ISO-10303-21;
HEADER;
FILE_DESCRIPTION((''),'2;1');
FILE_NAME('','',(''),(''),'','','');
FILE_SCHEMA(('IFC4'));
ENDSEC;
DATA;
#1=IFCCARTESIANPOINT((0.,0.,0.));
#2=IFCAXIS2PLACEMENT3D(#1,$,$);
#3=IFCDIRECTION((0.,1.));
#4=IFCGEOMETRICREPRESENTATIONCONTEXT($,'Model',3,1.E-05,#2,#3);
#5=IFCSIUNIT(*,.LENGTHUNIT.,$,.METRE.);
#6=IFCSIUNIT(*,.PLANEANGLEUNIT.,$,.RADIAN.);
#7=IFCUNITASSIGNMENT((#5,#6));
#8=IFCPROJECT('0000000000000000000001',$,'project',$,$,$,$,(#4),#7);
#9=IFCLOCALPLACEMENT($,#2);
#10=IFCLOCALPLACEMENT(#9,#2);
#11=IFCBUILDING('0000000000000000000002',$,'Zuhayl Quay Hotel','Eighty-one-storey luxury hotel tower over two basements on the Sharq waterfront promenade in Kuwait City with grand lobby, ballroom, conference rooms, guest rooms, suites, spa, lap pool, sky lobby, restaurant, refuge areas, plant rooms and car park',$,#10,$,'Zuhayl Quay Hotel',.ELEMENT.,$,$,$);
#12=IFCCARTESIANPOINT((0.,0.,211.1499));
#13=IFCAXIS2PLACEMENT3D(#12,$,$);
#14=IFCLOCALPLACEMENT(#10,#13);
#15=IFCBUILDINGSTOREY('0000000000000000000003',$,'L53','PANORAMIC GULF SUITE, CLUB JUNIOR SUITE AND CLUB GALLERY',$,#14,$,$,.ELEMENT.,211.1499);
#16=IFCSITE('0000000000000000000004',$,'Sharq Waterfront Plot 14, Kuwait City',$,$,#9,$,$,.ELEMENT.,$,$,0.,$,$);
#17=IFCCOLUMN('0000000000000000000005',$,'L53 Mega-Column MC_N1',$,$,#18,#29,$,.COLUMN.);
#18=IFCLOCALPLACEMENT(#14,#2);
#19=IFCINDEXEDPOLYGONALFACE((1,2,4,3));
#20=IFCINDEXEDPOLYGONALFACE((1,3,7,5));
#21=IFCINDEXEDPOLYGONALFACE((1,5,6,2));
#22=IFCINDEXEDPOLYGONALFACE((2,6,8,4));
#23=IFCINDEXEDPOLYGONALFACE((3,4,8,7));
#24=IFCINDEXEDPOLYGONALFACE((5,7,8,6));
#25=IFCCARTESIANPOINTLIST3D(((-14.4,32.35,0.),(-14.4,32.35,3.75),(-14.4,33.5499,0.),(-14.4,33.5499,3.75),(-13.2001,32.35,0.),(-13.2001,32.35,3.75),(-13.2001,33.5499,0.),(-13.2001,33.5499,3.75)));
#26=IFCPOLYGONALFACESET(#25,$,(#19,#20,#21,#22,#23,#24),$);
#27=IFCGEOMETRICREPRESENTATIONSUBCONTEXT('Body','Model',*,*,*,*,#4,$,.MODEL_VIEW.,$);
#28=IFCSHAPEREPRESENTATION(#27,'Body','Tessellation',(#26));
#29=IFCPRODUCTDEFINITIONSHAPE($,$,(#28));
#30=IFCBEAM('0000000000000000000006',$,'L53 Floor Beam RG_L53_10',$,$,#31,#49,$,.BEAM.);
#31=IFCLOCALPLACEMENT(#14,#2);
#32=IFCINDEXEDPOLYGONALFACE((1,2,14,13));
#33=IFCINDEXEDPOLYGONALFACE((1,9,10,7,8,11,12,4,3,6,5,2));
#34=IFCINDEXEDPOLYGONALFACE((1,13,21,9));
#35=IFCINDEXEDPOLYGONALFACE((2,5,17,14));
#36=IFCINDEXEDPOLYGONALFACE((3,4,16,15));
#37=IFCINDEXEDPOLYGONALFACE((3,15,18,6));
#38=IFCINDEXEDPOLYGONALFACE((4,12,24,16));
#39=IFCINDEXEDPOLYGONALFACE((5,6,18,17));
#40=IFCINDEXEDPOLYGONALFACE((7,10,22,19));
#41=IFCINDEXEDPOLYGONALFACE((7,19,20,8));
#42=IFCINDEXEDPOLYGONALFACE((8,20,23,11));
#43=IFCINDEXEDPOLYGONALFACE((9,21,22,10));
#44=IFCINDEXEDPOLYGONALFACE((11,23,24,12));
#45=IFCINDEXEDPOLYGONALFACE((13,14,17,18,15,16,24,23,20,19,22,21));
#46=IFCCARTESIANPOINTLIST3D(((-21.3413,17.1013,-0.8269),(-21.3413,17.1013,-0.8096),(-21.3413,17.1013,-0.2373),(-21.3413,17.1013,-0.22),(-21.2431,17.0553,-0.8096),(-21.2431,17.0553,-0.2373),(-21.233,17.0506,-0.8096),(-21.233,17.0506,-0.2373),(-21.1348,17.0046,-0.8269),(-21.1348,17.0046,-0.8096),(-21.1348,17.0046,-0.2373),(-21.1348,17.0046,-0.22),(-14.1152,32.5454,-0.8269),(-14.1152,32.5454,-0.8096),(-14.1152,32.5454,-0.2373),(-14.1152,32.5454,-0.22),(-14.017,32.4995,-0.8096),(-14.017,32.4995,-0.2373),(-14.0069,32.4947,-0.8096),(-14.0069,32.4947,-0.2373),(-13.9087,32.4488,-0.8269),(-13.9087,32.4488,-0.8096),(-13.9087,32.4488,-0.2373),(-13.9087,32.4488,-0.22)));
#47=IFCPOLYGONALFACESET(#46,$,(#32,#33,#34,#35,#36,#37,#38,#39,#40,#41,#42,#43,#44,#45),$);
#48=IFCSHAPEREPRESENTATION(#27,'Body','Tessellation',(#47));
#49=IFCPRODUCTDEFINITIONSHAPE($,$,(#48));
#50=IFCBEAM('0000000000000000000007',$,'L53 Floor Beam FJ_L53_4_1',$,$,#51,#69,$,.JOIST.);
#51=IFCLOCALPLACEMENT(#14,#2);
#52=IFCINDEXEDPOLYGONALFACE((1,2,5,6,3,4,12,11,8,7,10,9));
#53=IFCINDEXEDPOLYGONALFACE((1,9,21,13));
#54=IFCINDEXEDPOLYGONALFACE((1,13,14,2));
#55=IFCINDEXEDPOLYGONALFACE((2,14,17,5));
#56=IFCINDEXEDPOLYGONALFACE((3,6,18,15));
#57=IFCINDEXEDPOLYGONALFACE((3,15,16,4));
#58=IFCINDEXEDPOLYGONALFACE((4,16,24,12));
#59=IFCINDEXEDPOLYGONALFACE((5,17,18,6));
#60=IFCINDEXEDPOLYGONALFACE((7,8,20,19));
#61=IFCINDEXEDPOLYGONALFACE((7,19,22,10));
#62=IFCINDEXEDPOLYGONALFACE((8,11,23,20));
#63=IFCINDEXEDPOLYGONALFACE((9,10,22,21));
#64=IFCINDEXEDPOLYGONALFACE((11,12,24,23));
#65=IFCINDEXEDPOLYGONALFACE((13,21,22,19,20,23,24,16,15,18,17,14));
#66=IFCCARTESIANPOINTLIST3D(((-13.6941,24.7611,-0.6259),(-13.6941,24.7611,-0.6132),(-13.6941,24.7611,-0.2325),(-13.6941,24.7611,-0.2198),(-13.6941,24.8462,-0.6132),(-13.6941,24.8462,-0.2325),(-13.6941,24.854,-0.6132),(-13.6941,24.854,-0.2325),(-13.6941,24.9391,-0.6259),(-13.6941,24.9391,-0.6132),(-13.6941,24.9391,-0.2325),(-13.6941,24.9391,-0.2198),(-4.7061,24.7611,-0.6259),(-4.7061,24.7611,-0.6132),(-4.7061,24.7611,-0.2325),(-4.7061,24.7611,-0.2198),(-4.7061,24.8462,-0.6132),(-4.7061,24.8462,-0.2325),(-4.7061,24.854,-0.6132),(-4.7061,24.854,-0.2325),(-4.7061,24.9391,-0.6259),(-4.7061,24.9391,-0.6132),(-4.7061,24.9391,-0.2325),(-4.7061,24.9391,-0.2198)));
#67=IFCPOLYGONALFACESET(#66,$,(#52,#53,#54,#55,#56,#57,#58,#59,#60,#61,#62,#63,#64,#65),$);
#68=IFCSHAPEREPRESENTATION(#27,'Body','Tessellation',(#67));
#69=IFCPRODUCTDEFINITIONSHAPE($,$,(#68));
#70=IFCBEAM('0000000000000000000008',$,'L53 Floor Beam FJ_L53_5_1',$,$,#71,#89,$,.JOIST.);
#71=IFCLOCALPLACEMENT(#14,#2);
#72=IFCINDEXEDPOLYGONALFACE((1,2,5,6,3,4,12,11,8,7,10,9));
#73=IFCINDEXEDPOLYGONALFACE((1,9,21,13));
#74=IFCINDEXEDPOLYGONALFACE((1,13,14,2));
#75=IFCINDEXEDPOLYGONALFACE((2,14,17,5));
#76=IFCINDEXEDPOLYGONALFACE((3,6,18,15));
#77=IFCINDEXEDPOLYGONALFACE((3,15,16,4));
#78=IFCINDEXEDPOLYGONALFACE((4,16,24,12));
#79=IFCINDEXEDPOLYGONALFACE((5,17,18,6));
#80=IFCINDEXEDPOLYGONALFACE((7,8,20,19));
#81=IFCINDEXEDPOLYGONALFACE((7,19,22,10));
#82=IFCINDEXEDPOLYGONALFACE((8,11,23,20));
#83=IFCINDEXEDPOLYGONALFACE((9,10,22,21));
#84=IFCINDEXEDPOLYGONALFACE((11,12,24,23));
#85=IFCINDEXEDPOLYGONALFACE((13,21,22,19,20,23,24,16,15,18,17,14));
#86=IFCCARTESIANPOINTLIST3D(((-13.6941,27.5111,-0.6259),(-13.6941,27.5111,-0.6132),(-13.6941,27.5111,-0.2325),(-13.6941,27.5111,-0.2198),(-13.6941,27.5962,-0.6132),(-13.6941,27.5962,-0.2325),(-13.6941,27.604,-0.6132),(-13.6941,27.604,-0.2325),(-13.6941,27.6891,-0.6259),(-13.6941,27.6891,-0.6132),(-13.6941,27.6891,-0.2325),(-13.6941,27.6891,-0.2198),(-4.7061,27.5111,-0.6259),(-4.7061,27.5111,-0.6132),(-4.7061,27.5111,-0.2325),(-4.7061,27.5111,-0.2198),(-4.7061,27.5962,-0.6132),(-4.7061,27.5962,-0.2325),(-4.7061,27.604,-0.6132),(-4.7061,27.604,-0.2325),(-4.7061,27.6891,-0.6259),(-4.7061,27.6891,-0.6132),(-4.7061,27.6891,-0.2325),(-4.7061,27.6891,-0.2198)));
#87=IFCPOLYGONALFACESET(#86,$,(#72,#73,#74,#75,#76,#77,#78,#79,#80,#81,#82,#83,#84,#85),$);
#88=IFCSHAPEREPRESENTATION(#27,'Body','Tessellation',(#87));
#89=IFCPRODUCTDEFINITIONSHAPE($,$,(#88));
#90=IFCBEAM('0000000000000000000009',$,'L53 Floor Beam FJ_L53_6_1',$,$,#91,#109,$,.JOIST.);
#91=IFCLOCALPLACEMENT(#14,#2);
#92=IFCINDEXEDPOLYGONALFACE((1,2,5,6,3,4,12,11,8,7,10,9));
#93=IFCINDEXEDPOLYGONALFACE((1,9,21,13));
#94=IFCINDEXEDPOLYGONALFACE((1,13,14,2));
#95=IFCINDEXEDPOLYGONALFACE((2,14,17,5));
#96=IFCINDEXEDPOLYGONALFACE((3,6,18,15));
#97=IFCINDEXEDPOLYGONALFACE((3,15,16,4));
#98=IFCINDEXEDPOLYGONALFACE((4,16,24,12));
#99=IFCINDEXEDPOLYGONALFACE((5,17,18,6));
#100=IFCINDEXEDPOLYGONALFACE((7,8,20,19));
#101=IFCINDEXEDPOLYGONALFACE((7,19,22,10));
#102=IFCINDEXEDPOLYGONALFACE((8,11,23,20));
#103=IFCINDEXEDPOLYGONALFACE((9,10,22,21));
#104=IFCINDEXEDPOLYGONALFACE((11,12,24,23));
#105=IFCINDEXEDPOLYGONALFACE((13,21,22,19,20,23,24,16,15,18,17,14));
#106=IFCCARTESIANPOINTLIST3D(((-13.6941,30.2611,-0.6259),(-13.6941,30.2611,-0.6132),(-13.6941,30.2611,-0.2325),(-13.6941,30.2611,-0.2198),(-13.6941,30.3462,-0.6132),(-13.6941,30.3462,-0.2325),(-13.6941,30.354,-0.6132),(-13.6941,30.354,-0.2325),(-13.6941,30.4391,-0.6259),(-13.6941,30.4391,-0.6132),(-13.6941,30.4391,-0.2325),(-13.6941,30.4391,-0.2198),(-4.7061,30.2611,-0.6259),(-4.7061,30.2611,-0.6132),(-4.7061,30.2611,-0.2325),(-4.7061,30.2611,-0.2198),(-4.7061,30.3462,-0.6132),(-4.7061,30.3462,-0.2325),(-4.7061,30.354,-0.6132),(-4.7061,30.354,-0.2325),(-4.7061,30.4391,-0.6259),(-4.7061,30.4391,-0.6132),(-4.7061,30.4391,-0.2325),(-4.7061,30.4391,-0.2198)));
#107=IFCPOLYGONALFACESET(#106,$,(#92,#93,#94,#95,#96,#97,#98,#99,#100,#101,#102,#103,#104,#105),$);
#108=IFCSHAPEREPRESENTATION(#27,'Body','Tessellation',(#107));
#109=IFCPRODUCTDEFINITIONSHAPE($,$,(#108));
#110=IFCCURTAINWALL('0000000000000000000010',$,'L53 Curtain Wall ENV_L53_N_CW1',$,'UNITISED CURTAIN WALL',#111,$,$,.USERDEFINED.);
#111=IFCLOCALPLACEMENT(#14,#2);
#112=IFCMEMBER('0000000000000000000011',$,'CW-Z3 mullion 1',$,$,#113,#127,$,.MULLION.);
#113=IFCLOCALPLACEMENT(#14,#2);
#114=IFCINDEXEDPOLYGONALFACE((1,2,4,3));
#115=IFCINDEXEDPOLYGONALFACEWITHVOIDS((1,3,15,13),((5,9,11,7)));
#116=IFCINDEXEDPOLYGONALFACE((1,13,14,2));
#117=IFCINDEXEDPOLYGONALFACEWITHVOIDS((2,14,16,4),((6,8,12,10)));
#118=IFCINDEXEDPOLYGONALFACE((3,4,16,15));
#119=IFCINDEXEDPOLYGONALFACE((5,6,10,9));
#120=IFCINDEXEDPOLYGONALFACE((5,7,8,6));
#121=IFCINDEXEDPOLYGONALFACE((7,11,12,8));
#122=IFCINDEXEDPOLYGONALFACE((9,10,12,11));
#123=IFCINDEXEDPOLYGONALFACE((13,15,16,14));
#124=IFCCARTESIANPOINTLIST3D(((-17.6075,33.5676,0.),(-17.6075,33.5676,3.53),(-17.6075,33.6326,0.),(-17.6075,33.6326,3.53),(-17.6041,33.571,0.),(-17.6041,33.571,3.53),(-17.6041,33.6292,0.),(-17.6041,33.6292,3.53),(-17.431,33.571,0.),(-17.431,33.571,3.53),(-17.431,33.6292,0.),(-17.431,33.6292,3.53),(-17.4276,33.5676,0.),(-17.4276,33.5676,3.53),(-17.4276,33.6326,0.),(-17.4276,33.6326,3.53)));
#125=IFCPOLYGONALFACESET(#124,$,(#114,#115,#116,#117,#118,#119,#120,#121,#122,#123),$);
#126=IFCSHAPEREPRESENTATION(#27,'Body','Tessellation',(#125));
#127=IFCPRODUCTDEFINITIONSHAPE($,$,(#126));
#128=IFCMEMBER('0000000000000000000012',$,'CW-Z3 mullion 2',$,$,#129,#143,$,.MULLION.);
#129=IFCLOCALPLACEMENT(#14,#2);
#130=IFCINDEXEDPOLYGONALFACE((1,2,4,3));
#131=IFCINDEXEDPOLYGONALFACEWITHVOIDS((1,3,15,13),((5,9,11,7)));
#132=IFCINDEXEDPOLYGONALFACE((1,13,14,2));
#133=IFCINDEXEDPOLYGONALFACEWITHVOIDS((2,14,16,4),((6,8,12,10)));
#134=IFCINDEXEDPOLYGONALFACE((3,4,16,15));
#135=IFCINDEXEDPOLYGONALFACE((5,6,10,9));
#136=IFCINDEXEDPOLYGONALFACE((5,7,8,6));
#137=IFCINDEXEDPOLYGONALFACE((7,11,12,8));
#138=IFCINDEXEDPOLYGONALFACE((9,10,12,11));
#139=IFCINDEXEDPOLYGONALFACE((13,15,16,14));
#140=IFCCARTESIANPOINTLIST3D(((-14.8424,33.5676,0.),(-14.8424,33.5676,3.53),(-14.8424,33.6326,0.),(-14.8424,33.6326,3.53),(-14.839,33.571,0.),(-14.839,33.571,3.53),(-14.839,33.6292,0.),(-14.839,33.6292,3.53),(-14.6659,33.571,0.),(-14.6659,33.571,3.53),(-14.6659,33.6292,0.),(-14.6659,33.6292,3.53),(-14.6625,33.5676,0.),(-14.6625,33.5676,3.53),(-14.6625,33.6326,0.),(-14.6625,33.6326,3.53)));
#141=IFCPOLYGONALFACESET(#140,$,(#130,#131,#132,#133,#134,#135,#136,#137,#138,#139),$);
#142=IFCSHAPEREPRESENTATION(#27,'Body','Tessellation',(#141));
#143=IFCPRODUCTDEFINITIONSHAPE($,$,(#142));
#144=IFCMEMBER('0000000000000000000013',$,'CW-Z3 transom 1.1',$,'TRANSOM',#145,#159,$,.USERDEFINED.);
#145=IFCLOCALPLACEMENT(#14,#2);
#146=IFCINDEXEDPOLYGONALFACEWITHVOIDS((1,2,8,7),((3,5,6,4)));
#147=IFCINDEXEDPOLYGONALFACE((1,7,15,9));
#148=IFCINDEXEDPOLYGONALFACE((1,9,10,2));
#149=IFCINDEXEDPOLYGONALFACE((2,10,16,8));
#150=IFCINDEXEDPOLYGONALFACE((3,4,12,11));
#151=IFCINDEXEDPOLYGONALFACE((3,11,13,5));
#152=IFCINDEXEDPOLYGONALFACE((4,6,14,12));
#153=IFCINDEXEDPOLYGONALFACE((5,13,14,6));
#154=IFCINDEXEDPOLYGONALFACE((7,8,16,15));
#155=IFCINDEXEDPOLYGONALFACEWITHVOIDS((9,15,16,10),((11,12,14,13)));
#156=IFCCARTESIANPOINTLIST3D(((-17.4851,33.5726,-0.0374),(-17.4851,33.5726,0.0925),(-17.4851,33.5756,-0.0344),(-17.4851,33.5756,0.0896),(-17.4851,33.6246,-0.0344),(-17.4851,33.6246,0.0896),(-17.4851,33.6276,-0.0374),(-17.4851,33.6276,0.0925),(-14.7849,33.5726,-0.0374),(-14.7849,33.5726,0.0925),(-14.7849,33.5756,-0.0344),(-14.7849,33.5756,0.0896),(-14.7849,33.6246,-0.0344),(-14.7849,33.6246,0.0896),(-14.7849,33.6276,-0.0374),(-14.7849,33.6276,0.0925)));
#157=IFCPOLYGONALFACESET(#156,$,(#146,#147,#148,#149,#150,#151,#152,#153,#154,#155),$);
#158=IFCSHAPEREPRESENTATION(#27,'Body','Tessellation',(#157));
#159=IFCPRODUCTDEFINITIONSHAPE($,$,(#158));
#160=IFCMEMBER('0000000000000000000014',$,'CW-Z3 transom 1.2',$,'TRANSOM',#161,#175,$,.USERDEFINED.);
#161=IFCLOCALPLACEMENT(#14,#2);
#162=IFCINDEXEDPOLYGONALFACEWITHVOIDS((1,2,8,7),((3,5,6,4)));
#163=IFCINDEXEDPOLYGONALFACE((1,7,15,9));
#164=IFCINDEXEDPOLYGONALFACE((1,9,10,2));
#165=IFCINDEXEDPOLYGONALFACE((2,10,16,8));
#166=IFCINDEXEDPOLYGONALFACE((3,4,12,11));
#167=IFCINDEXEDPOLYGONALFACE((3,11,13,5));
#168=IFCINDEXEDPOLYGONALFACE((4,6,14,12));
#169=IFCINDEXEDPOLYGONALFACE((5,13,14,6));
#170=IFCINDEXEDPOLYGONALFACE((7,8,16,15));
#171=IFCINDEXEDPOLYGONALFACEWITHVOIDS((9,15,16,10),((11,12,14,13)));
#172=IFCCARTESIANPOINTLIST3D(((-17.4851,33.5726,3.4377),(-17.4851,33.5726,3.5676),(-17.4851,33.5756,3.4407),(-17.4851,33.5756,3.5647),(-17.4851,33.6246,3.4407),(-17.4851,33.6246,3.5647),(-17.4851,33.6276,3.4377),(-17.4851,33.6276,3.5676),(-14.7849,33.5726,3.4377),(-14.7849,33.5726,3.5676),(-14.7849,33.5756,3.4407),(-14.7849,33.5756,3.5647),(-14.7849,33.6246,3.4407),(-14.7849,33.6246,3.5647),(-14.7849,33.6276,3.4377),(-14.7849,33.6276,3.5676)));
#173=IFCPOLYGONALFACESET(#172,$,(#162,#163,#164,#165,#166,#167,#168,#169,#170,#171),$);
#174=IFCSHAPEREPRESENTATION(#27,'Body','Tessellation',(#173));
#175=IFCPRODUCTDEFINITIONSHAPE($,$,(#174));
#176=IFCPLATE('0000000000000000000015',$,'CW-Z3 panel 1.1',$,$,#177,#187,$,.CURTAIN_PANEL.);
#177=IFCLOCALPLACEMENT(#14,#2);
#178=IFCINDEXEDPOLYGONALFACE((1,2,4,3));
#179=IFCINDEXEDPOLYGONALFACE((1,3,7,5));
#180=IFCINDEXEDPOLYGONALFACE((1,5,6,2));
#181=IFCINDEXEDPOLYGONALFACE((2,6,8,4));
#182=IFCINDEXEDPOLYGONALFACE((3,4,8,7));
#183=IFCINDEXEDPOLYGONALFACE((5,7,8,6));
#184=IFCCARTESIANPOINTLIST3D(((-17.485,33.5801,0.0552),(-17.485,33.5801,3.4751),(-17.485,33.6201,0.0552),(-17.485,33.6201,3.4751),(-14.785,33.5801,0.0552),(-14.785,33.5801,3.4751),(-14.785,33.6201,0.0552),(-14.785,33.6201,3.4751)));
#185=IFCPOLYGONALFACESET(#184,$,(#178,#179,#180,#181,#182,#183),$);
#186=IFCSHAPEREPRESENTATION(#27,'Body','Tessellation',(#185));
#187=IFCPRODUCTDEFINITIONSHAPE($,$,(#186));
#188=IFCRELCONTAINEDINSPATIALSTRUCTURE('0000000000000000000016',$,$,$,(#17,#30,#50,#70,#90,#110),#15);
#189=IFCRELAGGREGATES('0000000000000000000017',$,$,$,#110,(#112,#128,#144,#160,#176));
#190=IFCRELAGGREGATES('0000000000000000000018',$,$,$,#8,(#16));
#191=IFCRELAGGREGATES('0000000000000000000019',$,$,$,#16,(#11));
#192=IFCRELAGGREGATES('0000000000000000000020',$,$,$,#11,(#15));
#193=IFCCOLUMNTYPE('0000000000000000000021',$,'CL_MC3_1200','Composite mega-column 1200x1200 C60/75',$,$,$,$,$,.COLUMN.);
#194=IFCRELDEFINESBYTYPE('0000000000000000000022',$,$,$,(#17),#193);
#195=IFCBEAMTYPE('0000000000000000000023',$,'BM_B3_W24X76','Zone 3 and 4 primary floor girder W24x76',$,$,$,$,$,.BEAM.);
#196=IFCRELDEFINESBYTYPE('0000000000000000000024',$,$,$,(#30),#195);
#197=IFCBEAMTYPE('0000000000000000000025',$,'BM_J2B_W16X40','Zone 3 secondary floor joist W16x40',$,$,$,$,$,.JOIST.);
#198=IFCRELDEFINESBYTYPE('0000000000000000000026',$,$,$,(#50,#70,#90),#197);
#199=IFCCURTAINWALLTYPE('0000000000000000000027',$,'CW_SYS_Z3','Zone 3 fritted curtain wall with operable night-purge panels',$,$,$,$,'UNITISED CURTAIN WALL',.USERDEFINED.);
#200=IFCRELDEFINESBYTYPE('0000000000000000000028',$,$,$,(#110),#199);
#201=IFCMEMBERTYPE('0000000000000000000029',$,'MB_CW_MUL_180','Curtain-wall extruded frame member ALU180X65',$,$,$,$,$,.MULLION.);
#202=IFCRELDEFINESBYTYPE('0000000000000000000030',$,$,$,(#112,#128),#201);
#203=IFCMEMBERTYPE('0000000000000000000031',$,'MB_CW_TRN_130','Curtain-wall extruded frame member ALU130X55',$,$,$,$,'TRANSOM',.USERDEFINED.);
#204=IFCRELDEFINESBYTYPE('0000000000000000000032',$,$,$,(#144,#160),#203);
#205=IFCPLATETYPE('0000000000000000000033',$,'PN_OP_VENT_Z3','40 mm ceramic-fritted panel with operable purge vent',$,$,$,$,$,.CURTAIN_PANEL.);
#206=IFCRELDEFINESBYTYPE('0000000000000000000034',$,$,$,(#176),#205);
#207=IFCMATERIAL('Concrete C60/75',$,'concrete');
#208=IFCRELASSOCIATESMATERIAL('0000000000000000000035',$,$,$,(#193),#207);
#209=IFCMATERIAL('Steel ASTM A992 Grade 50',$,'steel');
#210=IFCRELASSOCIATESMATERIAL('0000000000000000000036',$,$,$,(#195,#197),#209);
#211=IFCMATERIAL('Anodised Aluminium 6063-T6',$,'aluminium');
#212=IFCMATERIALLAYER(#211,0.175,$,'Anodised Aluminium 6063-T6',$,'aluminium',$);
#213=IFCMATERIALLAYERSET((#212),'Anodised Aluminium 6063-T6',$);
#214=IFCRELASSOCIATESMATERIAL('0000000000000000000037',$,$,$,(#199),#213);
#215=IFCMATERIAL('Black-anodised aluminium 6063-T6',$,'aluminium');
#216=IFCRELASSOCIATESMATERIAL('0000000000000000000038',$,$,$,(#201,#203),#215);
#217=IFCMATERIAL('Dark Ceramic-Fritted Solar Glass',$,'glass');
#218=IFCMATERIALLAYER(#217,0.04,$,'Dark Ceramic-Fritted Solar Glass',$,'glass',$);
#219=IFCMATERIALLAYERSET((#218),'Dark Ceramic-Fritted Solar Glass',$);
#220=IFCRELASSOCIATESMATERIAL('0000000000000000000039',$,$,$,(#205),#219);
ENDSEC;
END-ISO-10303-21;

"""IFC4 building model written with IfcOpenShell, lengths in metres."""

from ifc_helpers import new_model, si_unit, direction, frame, origin, origin_2d, place, context, subcontext, project, spatial, rectangle, hollow_rectangle, i_section, extrude, material, layer, layer_set, material_profile, profile_set, type_object, element, aggregate, save


model = new_model("IFC4")

# Units and contexts
model_context = context("Model", 3, precision=1e-05, world=origin(), true_north=direction((0.0, 1.0)))
body_context = subcontext(model_context, "Body", "Model", "MODEL_VIEW")
ifc_project = project(units=[si_unit("LENGTHUNIT", "METRE"), si_unit("PLANEANGLEUNIT", "RADIAN")], contexts=[model_context])

# Site, building, storey
site_placement = place(None, origin())
site = spatial("IfcSite", under=ifc_project, at=site_placement, Name="Sharq Waterfront Plot 14, Kuwait City", CompositionType="ELEMENT", RefElevation=0.0)
building_placement = place(site_placement, origin())
building = spatial("IfcBuilding", under=site, at=building_placement, Name="Zuhayl Quay Hotel", Description="Eighty-one-storey luxury hotel tower over two basements on the Sharq waterfront promenade in Kuwait City with grand lobby, ballroom, conference rooms, guest rooms, suites, spa, lap pool, sky lobby, restaurant, refuge areas, plant rooms and car park", LongName="Zuhayl Quay Hotel", CompositionType="ELEMENT")
storey_placement = place(building_placement, frame((0.0, 0.0, 211.1499)))
storey = spatial("IfcBuildingStorey", under=building, at=storey_placement, Name="L53", Description="PANORAMIC GULF SUITE, CLUB JUNIOR SUITE AND CLUB GALLERY", CompositionType="ELEMENT", Elevation=211.1499)

# Column
ifc_material_1 = material(Name="Concrete C60/75", Category="concrete")
ifc_material_profile_1 = material_profile(ifc_material_1, rectangle(XDim=1.2, YDim=1.2, at=origin_2d()), Name="RC1200X1200")
ifc_profile_set_1 = profile_set([ifc_material_profile_1], Name="Concrete C60/75")
column_type = type_object("IfcColumnType", Name="CL_MC3_1200", Description="Composite mega-column 1200x1200 C60/75", PredefinedType="COLUMN", material=ifc_profile_set_1)
column_placement = place(storey_placement, frame((-13.8, 32.95, 0.0), z_axis=(0.0, 0.0, 1.0), x_axis=(1.0, 0.0, 0.0)))
element("IfcColumn", 1, at=column_placement, inside=storey, type_object=column_type, Name="L53 Mega-Column MC_N1", PredefinedType="COLUMN", context=body_context, shape_type="SweptSolid", body=[
    extrude(rectangle(XDim=1.2, YDim=1.2, at=origin_2d()), origin(), (0.0, 0.0, 1.0), 3.75),
])

# Beams
ifc_material_2 = material(Name="Steel ASTM A992 Grade 50", Category="steel")
ifc_material_profile_2 = material_profile(ifc_material_2, i_section(OverallWidth=0.228, OverallDepth=0.6069, WebThickness=0.0112, FlangeThickness=0.0173, at=origin_2d()), Name="W24X76")
ifc_profile_set_2 = profile_set([ifc_material_profile_2], Name="Steel ASTM A992 Grade 50")
beam_type_1 = type_object("IfcBeamType", Name="BM_B3_W24X76", Description="Zone 3 and 4 primary floor girder W24x76", PredefinedType="BEAM", material=ifc_profile_set_2)
beam_placement = place(storey_placement, frame((-14.012, 32.4971, -0.5234), z_axis=(-0.423792, -0.905759, 0.0), x_axis=(0.905759, -0.423792, 0.0)))
element("IfcBeam", 2, at=beam_placement, inside=storey, type_object=beam_type_1, Name="L53 Floor Beam RG_L53_10", PredefinedType="BEAM", context=body_context, shape_type="SweptSolid", body=[
    extrude(i_section(OverallWidth=0.228, OverallDepth=0.6069, WebThickness=0.0112, FlangeThickness=0.0173, at=origin_2d()), origin(), (0.0, 0.0, 1.0), 17.051),
])
ifc_material_profile_3 = material_profile(ifc_material_2, i_section(OverallWidth=0.178, OverallDepth=0.406, WebThickness=0.0078, FlangeThickness=0.0127, at=origin_2d()), Name="W16X40")
ifc_profile_set_3 = profile_set([ifc_material_profile_3], Name="Steel ASTM A992 Grade 50")
beam_type_2 = type_object("IfcBeamType", Name="BM_J2B_W16X40", Description="Zone 3 secondary floor joist W16x40", PredefinedType="JOIST", material=ifc_profile_set_3)
for number, where, z_axis, x_axis, name in (
    (3, (-13.6941, 24.8501, -0.4229), (1.0, 0.0, 0.0), (0.0, 1.0, 0.0), "L53 Floor Beam FJ_L53_4_1"),
    (4, (-13.6941, 27.6001, -0.4229), (1.0, 0.0, 0.0), (0.0, 1.0, 0.0), "L53 Floor Beam FJ_L53_5_1"),
    (5, (-13.6941, 30.3501, -0.4229), (1.0, 0.0, 0.0), (0.0, 1.0, 0.0), "L53 Floor Beam FJ_L53_6_1"),
):
    element("IfcBeam", number, at=place(storey_placement, frame(where, z_axis=z_axis, x_axis=x_axis)), inside=storey, type_object=beam_type_2, Name=name, PredefinedType="JOIST", context=body_context, shape_type="SweptSolid", body=[
        extrude(i_section(OverallWidth=0.178, OverallDepth=0.406, WebThickness=0.0078, FlangeThickness=0.0127, at=origin_2d()), origin(), (0.0, 0.0, 1.0), 8.988),
    ])

# Curtain wall, members, plate
ifc_material_3 = material(Name="Anodised Aluminium 6063-T6", Category="aluminium")
ifc_layer_1 = layer(ifc_material_3, 0.175, Name="Anodised Aluminium 6063-T6", Category="aluminium")
ifc_layer_set_1 = layer_set([ifc_layer_1], Name="Anodised Aluminium 6063-T6")
curtain_wall_type = type_object("IfcCurtainWallType", Name="CW_SYS_Z3", Description="Zone 3 fritted curtain wall with operable night-purge panels", ElementType="UNITISED CURTAIN WALL", PredefinedType="USERDEFINED", material=ifc_layer_set_1)
curtain_wall_placement = place(storey_placement, origin())
curtain_wall = element("IfcCurtainWall", 6, at=curtain_wall_placement, inside=storey, type_object=curtain_wall_type, Name="L53 Curtain Wall ENV_L53_N_CW1", ObjectType="UNITISED CURTAIN WALL", PredefinedType="USERDEFINED")
ifc_material_4 = material(Name="Black-anodised aluminium 6063-T6", Category="aluminium")
ifc_material_profile_4 = material_profile(ifc_material_4, hollow_rectangle(XDim=0.0649, YDim=0.1799, WallThickness=0.0034, at=origin_2d()), Name="ALU180X65")
ifc_profile_set_4 = profile_set([ifc_material_profile_4], Name="Black-anodised aluminium 6063-T6")
member_type_1 = type_object("IfcMemberType", Name="MB_CW_MUL_180", Description="Curtain-wall extruded frame member ALU180X65", PredefinedType="MULLION", material=ifc_profile_set_4)
member_1_placement = place(storey_placement, frame((-17.5176, 33.6001, 0.0), z_axis=(0.0, 0.0, 1.0), x_axis=(0.0, 1.0, 0.0)))
member_1 = element("IfcMember", 7, at=member_1_placement, type_object=member_type_1, Name="CW-Z3 mullion 1", PredefinedType="MULLION", context=body_context, shape_type="SweptSolid", body=[
    extrude(hollow_rectangle(XDim=0.0649, YDim=0.1799, WallThickness=0.0034, at=origin_2d()), origin(), (0.0, 0.0, 1.0), 3.53),
])
member_2_placement = place(storey_placement, frame((-14.7524, 33.6001, 0.0), z_axis=(0.0, 0.0, 1.0), x_axis=(0.0, 1.0, 0.0)))
member_2 = element("IfcMember", 8, at=member_2_placement, type_object=member_type_1, Name="CW-Z3 mullion 2", PredefinedType="MULLION", context=body_context, shape_type="SweptSolid", body=[
    extrude(hollow_rectangle(XDim=0.0649, YDim=0.1799, WallThickness=0.0034, at=origin_2d()), origin(), (0.0, 0.0, 1.0), 3.53),
])
ifc_material_profile_5 = material_profile(ifc_material_4, hollow_rectangle(XDim=0.0549, YDim=0.1299, WallThickness=0.0029, at=origin_2d()), Name="ALU130X55")
ifc_profile_set_5 = profile_set([ifc_material_profile_5], Name="Black-anodised aluminium 6063-T6")
member_type_2 = type_object("IfcMemberType", Name="MB_CW_TRN_130", Description="Curtain-wall extruded frame member ALU130X55", ElementType="TRANSOM", PredefinedType="USERDEFINED", material=ifc_profile_set_5)
member_3_placement = place(storey_placement, frame((-17.4851, 33.6001, 0.0276), z_axis=(1.0, 0.0, 0.0), x_axis=(0.0, 1.0, 0.0)))
member_3 = element("IfcMember", 9, at=member_3_placement, type_object=member_type_2, Name="CW-Z3 transom 1.1", ObjectType="TRANSOM", PredefinedType="USERDEFINED", context=body_context, shape_type="SweptSolid", body=[
    extrude(hollow_rectangle(XDim=0.0549, YDim=0.1299, WallThickness=0.0029, at=origin_2d()), origin(), (0.0, 0.0, 1.0), 2.7002),
])
member_4_placement = place(storey_placement, frame((-17.4851, 33.6001, 3.5027), z_axis=(1.0, 0.0, 0.0), x_axis=(0.0, 1.0, 0.0)))
member_4 = element("IfcMember", 10, at=member_4_placement, type_object=member_type_2, Name="CW-Z3 transom 1.2", ObjectType="TRANSOM", PredefinedType="USERDEFINED", context=body_context, shape_type="SweptSolid", body=[
    extrude(hollow_rectangle(XDim=0.0549, YDim=0.1299, WallThickness=0.0029, at=origin_2d()), origin(), (0.0, 0.0, 1.0), 2.7002),
])
ifc_material_5 = material(Name="Dark Ceramic-Fritted Solar Glass", Category="glass")
ifc_layer_2 = layer(ifc_material_5, 0.04, Name="Dark Ceramic-Fritted Solar Glass", Category="glass")
ifc_layer_set_2 = layer_set([ifc_layer_2], Name="Dark Ceramic-Fritted Solar Glass")
plate_type = type_object("IfcPlateType", Name="PN_OP_VENT_Z3", Description="40 mm ceramic-fritted panel with operable purge vent", PredefinedType="CURTAIN_PANEL", material=ifc_layer_set_2)
plate_placement = place(storey_placement, frame((-16.135, 33.6001, 0.0552), z_axis=(0.0, 0.0, 1.0), x_axis=(1.0, 0.0, 0.0)))
plate = element("IfcPlate", 11, at=plate_placement, type_object=plate_type, Name="CW-Z3 panel 1.1", PredefinedType="CURTAIN_PANEL", context=body_context, shape_type="SweptSolid", body=[
    extrude(rectangle(XDim=2.7, YDim=0.04, at=origin_2d()), origin(), (0.0, 0.0, 1.0), 3.4199),
])
aggregate(curtain_wall, [member_1, member_2, member_3, member_4, plate])

save(model, "model.ifc")
